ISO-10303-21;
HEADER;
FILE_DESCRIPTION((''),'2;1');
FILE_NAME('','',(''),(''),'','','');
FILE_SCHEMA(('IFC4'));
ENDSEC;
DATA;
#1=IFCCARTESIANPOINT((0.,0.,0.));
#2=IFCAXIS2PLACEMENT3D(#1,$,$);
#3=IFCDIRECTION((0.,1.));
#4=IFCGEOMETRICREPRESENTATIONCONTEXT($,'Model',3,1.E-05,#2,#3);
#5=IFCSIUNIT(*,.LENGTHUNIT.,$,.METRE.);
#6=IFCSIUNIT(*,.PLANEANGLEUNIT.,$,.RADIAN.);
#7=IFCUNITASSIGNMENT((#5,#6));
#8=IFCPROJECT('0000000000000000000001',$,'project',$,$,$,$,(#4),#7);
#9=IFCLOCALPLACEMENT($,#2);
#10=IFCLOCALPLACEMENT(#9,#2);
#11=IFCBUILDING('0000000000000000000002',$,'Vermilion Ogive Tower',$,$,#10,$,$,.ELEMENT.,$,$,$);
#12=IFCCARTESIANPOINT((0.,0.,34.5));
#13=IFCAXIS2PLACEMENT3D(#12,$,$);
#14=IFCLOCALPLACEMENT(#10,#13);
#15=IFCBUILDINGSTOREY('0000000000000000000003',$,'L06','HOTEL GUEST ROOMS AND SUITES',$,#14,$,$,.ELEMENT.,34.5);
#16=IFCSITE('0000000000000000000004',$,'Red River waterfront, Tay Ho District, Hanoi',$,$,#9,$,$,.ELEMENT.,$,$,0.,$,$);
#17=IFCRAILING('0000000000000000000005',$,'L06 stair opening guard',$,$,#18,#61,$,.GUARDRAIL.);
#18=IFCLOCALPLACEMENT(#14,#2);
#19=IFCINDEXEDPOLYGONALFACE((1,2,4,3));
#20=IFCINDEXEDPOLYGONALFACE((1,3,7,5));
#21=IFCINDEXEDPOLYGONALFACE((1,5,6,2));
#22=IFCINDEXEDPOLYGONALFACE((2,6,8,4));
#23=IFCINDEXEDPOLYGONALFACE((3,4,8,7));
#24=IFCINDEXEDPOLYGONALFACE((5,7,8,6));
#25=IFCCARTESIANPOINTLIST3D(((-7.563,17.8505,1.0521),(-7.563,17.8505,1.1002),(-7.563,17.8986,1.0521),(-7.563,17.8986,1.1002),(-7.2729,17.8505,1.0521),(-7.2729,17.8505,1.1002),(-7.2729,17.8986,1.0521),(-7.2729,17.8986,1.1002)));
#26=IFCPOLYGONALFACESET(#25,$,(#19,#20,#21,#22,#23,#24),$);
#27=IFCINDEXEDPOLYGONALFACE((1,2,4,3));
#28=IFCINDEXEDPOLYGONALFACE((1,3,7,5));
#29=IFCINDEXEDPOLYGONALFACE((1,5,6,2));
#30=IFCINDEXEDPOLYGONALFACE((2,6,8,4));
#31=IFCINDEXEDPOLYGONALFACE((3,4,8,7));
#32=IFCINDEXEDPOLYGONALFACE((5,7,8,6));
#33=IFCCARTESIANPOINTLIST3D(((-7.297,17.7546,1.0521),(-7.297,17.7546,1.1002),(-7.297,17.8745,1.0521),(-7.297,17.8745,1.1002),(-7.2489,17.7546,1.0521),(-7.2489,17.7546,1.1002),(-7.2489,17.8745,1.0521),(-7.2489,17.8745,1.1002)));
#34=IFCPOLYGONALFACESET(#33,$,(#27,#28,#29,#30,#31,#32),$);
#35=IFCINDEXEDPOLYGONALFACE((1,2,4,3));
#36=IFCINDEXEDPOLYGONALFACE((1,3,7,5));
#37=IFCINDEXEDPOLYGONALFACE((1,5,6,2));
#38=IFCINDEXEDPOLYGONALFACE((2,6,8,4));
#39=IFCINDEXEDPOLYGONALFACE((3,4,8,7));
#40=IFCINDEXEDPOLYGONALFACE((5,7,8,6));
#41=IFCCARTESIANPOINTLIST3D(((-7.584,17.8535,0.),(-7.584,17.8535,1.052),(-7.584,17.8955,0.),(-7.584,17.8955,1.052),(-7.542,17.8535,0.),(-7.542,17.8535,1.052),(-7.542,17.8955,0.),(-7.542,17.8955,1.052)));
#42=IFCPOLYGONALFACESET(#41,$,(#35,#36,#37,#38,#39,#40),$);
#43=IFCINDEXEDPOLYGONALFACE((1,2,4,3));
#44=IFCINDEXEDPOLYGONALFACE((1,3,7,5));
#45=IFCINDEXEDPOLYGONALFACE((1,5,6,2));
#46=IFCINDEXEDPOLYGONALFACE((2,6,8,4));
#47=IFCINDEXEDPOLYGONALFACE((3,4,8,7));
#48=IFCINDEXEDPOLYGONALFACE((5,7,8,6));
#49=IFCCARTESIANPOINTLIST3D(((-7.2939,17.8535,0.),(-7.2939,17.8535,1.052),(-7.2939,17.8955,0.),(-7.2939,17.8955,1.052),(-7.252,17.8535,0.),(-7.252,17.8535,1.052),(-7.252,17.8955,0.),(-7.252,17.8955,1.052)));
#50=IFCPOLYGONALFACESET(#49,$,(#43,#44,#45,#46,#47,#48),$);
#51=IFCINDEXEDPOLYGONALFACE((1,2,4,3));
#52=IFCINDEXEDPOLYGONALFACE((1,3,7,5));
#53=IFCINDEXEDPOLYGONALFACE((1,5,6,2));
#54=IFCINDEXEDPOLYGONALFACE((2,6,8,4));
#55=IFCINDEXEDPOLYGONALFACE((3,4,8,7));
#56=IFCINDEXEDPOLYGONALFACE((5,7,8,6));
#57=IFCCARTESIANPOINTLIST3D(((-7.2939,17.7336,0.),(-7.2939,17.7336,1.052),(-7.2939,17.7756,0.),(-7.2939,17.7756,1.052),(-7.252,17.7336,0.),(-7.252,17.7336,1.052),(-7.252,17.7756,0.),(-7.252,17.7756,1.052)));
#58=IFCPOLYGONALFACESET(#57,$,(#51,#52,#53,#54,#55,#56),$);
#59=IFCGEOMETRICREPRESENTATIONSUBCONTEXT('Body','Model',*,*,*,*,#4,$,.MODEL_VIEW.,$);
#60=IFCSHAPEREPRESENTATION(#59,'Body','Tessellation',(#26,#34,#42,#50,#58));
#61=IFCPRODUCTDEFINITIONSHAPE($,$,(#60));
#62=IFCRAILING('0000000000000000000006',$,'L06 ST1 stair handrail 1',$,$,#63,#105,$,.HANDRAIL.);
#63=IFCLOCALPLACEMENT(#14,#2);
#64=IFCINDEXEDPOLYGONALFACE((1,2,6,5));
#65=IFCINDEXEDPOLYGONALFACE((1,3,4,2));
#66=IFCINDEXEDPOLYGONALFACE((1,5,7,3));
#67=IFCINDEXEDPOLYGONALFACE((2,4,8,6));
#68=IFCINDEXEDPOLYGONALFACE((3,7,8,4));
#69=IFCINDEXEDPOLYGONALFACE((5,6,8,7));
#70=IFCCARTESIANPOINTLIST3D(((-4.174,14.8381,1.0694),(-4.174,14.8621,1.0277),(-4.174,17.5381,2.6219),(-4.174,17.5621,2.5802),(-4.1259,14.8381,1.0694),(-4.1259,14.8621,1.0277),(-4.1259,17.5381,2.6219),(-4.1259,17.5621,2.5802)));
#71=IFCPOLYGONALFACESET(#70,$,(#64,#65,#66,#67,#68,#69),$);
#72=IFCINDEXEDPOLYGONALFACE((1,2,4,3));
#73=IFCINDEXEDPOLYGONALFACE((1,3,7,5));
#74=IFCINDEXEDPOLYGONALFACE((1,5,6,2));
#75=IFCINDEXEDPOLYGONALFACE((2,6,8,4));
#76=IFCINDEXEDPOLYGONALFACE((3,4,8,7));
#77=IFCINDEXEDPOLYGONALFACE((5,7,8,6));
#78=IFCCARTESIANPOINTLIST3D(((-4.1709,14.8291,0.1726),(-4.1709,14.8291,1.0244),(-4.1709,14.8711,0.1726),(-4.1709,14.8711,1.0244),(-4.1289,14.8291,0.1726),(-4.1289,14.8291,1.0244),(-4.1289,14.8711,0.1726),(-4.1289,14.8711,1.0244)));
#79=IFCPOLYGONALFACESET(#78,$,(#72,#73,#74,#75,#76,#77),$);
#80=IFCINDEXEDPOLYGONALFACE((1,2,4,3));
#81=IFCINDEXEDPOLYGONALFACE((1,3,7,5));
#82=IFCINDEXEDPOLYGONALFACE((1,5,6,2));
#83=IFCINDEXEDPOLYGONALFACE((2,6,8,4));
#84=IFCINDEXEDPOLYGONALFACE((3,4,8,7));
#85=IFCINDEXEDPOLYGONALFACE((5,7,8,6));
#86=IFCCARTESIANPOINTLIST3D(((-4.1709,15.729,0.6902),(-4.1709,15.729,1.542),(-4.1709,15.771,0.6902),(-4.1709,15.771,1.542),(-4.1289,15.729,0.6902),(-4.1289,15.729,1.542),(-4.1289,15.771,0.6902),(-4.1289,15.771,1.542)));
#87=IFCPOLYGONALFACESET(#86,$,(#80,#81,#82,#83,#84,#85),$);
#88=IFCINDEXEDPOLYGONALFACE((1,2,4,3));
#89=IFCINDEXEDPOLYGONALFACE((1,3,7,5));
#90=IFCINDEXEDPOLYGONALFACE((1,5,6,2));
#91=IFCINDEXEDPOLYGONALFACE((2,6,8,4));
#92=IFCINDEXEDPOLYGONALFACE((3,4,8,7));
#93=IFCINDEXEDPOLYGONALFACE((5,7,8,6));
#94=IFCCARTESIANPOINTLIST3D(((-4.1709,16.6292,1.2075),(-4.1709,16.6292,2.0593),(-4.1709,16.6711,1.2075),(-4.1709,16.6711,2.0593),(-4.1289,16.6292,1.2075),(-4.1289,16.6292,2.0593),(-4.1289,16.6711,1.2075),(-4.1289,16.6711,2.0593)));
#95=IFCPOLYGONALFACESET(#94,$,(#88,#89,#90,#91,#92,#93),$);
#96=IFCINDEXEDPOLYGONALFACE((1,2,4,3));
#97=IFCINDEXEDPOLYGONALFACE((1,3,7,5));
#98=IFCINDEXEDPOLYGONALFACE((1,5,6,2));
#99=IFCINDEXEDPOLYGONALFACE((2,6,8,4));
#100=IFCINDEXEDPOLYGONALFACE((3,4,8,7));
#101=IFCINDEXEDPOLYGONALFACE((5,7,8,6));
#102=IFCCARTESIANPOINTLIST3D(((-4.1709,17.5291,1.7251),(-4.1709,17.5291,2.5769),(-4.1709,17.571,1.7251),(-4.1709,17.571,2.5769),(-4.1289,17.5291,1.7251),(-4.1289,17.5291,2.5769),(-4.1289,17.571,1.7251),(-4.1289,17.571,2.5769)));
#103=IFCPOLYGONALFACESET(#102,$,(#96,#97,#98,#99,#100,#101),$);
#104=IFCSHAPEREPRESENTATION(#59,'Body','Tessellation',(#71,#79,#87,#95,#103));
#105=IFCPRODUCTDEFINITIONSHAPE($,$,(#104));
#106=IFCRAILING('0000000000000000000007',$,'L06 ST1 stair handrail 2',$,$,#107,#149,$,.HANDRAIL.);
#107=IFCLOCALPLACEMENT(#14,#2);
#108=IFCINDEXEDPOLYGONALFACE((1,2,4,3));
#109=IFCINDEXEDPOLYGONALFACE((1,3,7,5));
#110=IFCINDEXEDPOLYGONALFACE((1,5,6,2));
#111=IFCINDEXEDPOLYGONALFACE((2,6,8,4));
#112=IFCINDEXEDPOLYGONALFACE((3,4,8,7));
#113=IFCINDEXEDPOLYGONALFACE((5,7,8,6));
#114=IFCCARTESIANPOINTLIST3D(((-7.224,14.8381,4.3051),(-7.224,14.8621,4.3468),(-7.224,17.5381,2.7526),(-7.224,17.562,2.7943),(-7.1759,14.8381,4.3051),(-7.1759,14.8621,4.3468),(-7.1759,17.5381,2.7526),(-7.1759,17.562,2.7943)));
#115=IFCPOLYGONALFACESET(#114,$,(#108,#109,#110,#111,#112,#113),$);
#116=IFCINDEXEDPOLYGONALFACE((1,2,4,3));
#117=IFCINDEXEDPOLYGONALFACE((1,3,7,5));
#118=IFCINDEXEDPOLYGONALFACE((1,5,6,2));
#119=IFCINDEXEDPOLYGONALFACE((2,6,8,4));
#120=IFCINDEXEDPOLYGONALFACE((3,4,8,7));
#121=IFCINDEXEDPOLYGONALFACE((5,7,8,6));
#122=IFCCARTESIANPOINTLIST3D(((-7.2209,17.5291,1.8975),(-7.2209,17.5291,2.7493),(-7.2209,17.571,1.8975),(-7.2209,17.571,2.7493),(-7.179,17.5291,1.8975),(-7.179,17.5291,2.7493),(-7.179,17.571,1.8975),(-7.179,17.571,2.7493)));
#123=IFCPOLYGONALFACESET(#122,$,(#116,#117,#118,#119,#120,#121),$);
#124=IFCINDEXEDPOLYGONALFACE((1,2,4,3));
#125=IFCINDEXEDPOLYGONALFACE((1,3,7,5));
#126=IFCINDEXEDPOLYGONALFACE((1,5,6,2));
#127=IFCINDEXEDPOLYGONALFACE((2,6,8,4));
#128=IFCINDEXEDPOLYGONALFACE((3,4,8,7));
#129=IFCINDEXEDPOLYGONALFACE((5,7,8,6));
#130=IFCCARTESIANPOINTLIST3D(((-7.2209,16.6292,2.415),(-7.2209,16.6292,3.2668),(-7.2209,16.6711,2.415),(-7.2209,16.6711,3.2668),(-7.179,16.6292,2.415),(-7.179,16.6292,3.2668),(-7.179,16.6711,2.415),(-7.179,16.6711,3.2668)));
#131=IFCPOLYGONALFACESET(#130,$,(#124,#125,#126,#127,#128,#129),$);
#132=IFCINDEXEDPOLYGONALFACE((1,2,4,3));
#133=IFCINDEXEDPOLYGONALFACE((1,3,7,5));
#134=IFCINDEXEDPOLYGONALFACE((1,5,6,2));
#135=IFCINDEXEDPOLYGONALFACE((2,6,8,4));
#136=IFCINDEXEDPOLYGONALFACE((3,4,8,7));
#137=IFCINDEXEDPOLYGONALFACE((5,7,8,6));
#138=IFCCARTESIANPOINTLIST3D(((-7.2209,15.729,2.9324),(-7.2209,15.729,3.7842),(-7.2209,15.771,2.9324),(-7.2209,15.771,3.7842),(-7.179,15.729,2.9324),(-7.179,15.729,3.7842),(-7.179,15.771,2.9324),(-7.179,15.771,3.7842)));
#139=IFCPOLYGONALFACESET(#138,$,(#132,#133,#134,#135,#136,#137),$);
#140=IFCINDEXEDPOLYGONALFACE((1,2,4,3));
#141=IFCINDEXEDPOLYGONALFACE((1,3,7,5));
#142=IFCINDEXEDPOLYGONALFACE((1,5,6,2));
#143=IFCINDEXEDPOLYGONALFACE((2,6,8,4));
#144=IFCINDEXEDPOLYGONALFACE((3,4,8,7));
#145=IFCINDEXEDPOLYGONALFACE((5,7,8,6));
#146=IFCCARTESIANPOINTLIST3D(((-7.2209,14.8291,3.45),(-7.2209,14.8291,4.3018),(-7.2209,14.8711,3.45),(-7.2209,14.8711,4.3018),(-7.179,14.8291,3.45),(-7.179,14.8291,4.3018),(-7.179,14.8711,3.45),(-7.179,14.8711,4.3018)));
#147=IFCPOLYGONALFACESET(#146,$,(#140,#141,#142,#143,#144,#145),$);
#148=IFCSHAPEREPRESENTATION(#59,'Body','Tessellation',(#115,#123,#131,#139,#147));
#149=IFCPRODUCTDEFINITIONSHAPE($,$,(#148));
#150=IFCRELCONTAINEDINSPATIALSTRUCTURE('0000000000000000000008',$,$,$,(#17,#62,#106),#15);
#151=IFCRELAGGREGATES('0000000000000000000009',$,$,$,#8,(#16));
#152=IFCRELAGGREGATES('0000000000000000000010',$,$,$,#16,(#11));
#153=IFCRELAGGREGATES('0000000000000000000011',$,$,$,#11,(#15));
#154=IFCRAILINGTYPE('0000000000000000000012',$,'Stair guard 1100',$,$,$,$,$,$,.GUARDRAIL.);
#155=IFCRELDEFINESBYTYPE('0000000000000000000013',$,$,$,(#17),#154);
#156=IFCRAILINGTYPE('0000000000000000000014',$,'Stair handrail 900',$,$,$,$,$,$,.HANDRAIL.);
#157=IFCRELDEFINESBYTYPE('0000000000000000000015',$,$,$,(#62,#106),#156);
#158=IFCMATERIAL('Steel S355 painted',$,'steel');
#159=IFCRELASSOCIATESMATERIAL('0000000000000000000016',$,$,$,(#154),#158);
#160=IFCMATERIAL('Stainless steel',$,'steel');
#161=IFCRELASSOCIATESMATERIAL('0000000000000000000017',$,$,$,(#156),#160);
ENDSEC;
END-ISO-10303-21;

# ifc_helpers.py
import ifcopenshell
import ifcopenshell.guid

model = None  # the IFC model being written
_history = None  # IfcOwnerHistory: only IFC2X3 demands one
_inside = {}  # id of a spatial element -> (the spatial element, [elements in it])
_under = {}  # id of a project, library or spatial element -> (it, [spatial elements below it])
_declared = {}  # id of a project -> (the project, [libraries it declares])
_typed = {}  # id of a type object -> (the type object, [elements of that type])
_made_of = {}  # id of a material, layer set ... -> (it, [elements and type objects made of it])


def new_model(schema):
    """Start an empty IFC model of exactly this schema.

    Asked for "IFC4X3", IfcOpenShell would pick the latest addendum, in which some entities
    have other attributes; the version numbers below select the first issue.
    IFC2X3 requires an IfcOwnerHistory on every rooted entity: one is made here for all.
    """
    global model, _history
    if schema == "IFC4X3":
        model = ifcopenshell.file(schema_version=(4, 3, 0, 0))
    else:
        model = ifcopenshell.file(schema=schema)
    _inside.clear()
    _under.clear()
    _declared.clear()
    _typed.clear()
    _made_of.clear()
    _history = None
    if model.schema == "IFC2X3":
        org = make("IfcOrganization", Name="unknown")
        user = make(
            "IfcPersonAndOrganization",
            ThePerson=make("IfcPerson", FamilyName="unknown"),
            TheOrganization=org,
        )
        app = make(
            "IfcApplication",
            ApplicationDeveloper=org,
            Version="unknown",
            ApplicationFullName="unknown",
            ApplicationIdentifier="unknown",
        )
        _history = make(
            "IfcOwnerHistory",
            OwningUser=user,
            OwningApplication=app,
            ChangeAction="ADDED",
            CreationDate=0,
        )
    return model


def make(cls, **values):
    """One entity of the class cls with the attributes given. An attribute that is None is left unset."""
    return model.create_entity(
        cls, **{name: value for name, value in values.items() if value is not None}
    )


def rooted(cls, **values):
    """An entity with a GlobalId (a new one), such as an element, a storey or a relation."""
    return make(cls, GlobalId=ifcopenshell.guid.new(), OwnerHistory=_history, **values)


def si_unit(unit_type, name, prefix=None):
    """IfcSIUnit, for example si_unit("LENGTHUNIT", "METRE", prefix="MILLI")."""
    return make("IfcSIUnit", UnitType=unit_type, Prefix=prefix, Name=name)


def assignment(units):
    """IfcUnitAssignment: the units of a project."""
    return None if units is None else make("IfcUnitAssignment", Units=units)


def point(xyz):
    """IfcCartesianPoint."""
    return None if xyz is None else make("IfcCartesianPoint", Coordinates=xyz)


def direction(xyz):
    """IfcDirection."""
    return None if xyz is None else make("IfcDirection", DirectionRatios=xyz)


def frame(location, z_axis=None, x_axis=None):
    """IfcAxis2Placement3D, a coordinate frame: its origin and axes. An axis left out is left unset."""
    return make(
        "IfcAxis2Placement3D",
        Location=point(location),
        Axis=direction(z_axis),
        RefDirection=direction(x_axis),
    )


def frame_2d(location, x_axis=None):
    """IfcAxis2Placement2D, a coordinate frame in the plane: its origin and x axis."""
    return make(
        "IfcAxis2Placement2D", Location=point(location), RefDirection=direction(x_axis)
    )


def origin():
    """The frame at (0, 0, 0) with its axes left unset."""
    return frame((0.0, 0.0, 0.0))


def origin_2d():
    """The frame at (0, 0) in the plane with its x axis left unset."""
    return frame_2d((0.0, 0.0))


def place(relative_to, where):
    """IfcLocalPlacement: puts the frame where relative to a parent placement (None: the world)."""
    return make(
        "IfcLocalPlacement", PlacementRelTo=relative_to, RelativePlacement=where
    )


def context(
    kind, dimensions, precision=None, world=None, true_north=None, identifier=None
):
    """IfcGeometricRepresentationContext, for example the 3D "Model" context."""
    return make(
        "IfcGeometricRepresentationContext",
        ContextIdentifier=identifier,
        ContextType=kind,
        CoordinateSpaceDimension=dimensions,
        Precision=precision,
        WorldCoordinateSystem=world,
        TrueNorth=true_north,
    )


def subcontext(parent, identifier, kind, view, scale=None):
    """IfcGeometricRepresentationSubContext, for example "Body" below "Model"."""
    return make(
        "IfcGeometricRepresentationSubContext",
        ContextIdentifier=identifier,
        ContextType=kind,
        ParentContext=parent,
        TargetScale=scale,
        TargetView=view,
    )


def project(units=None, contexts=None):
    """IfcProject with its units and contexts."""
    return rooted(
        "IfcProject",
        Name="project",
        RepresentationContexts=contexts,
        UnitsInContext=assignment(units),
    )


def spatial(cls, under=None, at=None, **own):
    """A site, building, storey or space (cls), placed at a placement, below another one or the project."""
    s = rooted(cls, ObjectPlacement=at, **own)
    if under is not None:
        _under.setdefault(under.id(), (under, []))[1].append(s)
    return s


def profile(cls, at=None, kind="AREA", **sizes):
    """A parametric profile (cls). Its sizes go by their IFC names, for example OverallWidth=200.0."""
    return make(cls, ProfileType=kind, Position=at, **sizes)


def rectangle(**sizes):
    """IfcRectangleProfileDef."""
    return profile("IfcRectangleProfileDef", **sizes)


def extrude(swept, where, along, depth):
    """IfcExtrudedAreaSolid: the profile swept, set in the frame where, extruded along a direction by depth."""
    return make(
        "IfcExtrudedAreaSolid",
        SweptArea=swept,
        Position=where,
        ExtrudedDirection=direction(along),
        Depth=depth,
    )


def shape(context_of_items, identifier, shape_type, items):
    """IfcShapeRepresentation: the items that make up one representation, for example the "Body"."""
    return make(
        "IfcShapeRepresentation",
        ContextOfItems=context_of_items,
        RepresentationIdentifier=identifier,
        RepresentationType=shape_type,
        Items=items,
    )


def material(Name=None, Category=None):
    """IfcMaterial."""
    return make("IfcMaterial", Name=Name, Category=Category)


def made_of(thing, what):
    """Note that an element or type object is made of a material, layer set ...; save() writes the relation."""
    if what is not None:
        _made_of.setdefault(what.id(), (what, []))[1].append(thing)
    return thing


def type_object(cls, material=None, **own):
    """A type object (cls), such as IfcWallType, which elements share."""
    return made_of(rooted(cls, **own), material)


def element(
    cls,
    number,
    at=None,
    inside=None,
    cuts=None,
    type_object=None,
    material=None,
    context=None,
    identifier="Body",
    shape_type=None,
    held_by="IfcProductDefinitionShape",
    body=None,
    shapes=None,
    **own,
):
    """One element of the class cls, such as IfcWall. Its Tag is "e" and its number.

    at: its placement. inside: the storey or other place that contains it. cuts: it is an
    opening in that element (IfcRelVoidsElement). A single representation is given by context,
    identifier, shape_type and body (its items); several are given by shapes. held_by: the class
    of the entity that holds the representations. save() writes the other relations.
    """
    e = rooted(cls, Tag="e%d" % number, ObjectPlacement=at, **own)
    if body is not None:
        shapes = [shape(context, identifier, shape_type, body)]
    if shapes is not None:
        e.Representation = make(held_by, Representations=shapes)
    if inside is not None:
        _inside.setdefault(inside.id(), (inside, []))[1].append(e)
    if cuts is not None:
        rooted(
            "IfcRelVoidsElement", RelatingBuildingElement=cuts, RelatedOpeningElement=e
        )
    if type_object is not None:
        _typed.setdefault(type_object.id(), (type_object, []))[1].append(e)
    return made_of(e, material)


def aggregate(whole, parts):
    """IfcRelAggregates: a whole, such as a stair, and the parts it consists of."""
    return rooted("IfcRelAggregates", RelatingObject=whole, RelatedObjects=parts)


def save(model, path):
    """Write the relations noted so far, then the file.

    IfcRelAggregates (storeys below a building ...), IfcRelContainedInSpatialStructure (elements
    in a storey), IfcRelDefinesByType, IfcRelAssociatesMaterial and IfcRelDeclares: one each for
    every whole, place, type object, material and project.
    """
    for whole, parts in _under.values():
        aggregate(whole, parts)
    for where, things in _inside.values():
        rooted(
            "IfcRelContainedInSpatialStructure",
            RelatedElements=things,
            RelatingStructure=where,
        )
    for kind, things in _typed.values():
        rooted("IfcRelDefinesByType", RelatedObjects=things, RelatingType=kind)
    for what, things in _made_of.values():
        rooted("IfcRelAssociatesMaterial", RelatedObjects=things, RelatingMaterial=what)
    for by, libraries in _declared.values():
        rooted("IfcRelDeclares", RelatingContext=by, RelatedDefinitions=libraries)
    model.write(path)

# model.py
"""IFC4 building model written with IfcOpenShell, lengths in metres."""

from ifc_helpers import new_model, si_unit, direction, frame, origin, origin_2d, place, context, subcontext, project, spatial, rectangle, extrude, material, type_object, element, save


model = new_model("IFC4")

# Units and contexts
model_context = context("Model", 3, precision=1e-05, world=origin(), true_north=direction((0.0, 1.0)))
body_context = subcontext(model_context, "Body", "Model", "MODEL_VIEW")
ifc_project = project(units=[si_unit("LENGTHUNIT", "METRE"), si_unit("PLANEANGLEUNIT", "RADIAN")], contexts=[model_context])

# Site, building, storey
site_placement = place(None, origin())
site = spatial("IfcSite", under=ifc_project, at=site_placement, Name="Red River waterfront, Tay Ho District, Hanoi", CompositionType="ELEMENT", RefElevation=0.0)
building_placement = place(site_placement, origin())
building = spatial("IfcBuilding", under=site, at=building_placement, Name="Vermilion Ogive Tower", CompositionType="ELEMENT")
storey_placement = place(building_placement, frame((0.0, 0.0, 34.5)))
storey = spatial("IfcBuildingStorey", under=building, at=storey_placement, Name="L06", Description="HOTEL GUEST ROOMS AND SUITES", CompositionType="ELEMENT", Elevation=34.5)

# Railings
ifc_material_1 = material(Name="Steel S355 painted", Category="steel")
railing_type_1 = type_object("IfcRailingType", Name="Stair guard 1100", PredefinedType="GUARDRAIL", material=ifc_material_1)
railing_1_placement = place(storey_placement, frame((-7.563, 17.8745, 0.0)))
element("IfcRailing", 1, at=railing_1_placement, inside=storey, type_object=railing_type_1, Name="L06 stair opening guard", PredefinedType="GUARDRAIL", context=body_context, shape_type="SweptSolid", body=[
    extrude(rectangle(XDim=0.0481, YDim=0.0481, at=origin_2d()), frame((0.0, 0.0, 1.0762), z_axis=(1.0, 0.0, 0.0), x_axis=(0.0, 1.0, 0.0)), (0.0, 0.0, 1.0), 0.29),
    extrude(rectangle(XDim=0.0481, YDim=0.0481, at=origin_2d()), frame((0.29, 0.0, 1.0762), z_axis=(0.0, -1.0, 0.0), x_axis=(1.0, 0.0, 0.0)), (0.0, 0.0, 1.0), 0.1199),
    extrude(rectangle(XDim=0.042, YDim=0.042, at=origin_2d()), origin(), (0.0, 0.0, 1.0), 1.052),
    extrude(rectangle(XDim=0.042, YDim=0.042, at=origin_2d()), frame((0.29, 0.0, 0.0)), (0.0, 0.0, 1.0), 1.052),
    extrude(rectangle(XDim=0.042, YDim=0.042, at=origin_2d()), frame((0.29, -0.1199, 0.0)), (0.0, 0.0, 1.0), 1.052),
])
ifc_material_2 = material(Name="Stainless steel", Category="steel")
railing_type_2 = type_object("IfcRailingType", Name="Stair handrail 900", PredefinedType="HANDRAIL", material=ifc_material_2)
railing_2_placement = place(storey_placement, frame((-4.1499, 14.8501, 0.1726)))
element("IfcRailing", 2, at=railing_2_placement, inside=storey, type_object=railing_type_2, Name="L06 ST1 stair handrail 1", PredefinedType="HANDRAIL", context=body_context, shape_type="SweptSolid", body=[
    extrude(rectangle(XDim=0.0481, YDim=0.0481, at=origin_2d()), frame((0.0, 0.0, 0.876), z_axis=(0.0, 0.866904, 0.498476), x_axis=(-1.0, 0.0, 0.0)), (0.0, 0.0, 1.0), 3.1145),
    extrude(rectangle(XDim=0.042, YDim=0.042, at=origin_2d()), origin(), (0.0, 0.0, 1.0), 0.8518),
    extrude(rectangle(XDim=0.042, YDim=0.042, at=origin_2d()), frame((0.0, 0.8999, 0.5176)), (0.0, 0.0, 1.0), 0.8518),
    extrude(rectangle(XDim=0.042, YDim=0.042, at=origin_2d()), frame((0.0, 1.8, 1.0349)), (0.0, 0.0, 1.0), 0.8518),
    extrude(rectangle(XDim=0.042, YDim=0.042, at=origin_2d()), frame((0.0, 2.7, 1.5525)), (0.0, 0.0, 1.0), 0.8518),
])
railing_3_placement = place(storey_placement, frame((-7.2, 17.55, 1.8975)))
element("IfcRailing", 3, at=railing_3_placement, inside=storey, type_object=railing_type_2, Name="L06 ST1 stair handrail 2", PredefinedType="HANDRAIL", context=body_context, shape_type="SweptSolid", body=[
    extrude(rectangle(XDim=0.0481, YDim=0.0481, at=origin_2d()), frame((0.0, 0.0, 0.876), z_axis=(0.0, -0.866904, 0.498476), x_axis=(1.0, 0.0, 0.0)), (0.0, 0.0, 1.0), 3.1145),
    extrude(rectangle(XDim=0.042, YDim=0.042, at=origin_2d()), origin(), (0.0, 0.0, 1.0), 0.8518),
    extrude(rectangle(XDim=0.042, YDim=0.042, at=origin_2d()), frame((0.0, -0.8999, 0.5176)), (0.0, 0.0, 1.0), 0.8518),
    extrude(rectangle(XDim=0.042, YDim=0.042, at=origin_2d()), frame((0.0, -1.8, 1.0349)), (0.0, 0.0, 1.0), 0.8518),
    extrude(rectangle(XDim=0.042, YDim=0.042, at=origin_2d()), frame((0.0, -2.7, 1.5525)), (0.0, 0.0, 1.0), 0.8518),
])

save(model, "model.ifc")
